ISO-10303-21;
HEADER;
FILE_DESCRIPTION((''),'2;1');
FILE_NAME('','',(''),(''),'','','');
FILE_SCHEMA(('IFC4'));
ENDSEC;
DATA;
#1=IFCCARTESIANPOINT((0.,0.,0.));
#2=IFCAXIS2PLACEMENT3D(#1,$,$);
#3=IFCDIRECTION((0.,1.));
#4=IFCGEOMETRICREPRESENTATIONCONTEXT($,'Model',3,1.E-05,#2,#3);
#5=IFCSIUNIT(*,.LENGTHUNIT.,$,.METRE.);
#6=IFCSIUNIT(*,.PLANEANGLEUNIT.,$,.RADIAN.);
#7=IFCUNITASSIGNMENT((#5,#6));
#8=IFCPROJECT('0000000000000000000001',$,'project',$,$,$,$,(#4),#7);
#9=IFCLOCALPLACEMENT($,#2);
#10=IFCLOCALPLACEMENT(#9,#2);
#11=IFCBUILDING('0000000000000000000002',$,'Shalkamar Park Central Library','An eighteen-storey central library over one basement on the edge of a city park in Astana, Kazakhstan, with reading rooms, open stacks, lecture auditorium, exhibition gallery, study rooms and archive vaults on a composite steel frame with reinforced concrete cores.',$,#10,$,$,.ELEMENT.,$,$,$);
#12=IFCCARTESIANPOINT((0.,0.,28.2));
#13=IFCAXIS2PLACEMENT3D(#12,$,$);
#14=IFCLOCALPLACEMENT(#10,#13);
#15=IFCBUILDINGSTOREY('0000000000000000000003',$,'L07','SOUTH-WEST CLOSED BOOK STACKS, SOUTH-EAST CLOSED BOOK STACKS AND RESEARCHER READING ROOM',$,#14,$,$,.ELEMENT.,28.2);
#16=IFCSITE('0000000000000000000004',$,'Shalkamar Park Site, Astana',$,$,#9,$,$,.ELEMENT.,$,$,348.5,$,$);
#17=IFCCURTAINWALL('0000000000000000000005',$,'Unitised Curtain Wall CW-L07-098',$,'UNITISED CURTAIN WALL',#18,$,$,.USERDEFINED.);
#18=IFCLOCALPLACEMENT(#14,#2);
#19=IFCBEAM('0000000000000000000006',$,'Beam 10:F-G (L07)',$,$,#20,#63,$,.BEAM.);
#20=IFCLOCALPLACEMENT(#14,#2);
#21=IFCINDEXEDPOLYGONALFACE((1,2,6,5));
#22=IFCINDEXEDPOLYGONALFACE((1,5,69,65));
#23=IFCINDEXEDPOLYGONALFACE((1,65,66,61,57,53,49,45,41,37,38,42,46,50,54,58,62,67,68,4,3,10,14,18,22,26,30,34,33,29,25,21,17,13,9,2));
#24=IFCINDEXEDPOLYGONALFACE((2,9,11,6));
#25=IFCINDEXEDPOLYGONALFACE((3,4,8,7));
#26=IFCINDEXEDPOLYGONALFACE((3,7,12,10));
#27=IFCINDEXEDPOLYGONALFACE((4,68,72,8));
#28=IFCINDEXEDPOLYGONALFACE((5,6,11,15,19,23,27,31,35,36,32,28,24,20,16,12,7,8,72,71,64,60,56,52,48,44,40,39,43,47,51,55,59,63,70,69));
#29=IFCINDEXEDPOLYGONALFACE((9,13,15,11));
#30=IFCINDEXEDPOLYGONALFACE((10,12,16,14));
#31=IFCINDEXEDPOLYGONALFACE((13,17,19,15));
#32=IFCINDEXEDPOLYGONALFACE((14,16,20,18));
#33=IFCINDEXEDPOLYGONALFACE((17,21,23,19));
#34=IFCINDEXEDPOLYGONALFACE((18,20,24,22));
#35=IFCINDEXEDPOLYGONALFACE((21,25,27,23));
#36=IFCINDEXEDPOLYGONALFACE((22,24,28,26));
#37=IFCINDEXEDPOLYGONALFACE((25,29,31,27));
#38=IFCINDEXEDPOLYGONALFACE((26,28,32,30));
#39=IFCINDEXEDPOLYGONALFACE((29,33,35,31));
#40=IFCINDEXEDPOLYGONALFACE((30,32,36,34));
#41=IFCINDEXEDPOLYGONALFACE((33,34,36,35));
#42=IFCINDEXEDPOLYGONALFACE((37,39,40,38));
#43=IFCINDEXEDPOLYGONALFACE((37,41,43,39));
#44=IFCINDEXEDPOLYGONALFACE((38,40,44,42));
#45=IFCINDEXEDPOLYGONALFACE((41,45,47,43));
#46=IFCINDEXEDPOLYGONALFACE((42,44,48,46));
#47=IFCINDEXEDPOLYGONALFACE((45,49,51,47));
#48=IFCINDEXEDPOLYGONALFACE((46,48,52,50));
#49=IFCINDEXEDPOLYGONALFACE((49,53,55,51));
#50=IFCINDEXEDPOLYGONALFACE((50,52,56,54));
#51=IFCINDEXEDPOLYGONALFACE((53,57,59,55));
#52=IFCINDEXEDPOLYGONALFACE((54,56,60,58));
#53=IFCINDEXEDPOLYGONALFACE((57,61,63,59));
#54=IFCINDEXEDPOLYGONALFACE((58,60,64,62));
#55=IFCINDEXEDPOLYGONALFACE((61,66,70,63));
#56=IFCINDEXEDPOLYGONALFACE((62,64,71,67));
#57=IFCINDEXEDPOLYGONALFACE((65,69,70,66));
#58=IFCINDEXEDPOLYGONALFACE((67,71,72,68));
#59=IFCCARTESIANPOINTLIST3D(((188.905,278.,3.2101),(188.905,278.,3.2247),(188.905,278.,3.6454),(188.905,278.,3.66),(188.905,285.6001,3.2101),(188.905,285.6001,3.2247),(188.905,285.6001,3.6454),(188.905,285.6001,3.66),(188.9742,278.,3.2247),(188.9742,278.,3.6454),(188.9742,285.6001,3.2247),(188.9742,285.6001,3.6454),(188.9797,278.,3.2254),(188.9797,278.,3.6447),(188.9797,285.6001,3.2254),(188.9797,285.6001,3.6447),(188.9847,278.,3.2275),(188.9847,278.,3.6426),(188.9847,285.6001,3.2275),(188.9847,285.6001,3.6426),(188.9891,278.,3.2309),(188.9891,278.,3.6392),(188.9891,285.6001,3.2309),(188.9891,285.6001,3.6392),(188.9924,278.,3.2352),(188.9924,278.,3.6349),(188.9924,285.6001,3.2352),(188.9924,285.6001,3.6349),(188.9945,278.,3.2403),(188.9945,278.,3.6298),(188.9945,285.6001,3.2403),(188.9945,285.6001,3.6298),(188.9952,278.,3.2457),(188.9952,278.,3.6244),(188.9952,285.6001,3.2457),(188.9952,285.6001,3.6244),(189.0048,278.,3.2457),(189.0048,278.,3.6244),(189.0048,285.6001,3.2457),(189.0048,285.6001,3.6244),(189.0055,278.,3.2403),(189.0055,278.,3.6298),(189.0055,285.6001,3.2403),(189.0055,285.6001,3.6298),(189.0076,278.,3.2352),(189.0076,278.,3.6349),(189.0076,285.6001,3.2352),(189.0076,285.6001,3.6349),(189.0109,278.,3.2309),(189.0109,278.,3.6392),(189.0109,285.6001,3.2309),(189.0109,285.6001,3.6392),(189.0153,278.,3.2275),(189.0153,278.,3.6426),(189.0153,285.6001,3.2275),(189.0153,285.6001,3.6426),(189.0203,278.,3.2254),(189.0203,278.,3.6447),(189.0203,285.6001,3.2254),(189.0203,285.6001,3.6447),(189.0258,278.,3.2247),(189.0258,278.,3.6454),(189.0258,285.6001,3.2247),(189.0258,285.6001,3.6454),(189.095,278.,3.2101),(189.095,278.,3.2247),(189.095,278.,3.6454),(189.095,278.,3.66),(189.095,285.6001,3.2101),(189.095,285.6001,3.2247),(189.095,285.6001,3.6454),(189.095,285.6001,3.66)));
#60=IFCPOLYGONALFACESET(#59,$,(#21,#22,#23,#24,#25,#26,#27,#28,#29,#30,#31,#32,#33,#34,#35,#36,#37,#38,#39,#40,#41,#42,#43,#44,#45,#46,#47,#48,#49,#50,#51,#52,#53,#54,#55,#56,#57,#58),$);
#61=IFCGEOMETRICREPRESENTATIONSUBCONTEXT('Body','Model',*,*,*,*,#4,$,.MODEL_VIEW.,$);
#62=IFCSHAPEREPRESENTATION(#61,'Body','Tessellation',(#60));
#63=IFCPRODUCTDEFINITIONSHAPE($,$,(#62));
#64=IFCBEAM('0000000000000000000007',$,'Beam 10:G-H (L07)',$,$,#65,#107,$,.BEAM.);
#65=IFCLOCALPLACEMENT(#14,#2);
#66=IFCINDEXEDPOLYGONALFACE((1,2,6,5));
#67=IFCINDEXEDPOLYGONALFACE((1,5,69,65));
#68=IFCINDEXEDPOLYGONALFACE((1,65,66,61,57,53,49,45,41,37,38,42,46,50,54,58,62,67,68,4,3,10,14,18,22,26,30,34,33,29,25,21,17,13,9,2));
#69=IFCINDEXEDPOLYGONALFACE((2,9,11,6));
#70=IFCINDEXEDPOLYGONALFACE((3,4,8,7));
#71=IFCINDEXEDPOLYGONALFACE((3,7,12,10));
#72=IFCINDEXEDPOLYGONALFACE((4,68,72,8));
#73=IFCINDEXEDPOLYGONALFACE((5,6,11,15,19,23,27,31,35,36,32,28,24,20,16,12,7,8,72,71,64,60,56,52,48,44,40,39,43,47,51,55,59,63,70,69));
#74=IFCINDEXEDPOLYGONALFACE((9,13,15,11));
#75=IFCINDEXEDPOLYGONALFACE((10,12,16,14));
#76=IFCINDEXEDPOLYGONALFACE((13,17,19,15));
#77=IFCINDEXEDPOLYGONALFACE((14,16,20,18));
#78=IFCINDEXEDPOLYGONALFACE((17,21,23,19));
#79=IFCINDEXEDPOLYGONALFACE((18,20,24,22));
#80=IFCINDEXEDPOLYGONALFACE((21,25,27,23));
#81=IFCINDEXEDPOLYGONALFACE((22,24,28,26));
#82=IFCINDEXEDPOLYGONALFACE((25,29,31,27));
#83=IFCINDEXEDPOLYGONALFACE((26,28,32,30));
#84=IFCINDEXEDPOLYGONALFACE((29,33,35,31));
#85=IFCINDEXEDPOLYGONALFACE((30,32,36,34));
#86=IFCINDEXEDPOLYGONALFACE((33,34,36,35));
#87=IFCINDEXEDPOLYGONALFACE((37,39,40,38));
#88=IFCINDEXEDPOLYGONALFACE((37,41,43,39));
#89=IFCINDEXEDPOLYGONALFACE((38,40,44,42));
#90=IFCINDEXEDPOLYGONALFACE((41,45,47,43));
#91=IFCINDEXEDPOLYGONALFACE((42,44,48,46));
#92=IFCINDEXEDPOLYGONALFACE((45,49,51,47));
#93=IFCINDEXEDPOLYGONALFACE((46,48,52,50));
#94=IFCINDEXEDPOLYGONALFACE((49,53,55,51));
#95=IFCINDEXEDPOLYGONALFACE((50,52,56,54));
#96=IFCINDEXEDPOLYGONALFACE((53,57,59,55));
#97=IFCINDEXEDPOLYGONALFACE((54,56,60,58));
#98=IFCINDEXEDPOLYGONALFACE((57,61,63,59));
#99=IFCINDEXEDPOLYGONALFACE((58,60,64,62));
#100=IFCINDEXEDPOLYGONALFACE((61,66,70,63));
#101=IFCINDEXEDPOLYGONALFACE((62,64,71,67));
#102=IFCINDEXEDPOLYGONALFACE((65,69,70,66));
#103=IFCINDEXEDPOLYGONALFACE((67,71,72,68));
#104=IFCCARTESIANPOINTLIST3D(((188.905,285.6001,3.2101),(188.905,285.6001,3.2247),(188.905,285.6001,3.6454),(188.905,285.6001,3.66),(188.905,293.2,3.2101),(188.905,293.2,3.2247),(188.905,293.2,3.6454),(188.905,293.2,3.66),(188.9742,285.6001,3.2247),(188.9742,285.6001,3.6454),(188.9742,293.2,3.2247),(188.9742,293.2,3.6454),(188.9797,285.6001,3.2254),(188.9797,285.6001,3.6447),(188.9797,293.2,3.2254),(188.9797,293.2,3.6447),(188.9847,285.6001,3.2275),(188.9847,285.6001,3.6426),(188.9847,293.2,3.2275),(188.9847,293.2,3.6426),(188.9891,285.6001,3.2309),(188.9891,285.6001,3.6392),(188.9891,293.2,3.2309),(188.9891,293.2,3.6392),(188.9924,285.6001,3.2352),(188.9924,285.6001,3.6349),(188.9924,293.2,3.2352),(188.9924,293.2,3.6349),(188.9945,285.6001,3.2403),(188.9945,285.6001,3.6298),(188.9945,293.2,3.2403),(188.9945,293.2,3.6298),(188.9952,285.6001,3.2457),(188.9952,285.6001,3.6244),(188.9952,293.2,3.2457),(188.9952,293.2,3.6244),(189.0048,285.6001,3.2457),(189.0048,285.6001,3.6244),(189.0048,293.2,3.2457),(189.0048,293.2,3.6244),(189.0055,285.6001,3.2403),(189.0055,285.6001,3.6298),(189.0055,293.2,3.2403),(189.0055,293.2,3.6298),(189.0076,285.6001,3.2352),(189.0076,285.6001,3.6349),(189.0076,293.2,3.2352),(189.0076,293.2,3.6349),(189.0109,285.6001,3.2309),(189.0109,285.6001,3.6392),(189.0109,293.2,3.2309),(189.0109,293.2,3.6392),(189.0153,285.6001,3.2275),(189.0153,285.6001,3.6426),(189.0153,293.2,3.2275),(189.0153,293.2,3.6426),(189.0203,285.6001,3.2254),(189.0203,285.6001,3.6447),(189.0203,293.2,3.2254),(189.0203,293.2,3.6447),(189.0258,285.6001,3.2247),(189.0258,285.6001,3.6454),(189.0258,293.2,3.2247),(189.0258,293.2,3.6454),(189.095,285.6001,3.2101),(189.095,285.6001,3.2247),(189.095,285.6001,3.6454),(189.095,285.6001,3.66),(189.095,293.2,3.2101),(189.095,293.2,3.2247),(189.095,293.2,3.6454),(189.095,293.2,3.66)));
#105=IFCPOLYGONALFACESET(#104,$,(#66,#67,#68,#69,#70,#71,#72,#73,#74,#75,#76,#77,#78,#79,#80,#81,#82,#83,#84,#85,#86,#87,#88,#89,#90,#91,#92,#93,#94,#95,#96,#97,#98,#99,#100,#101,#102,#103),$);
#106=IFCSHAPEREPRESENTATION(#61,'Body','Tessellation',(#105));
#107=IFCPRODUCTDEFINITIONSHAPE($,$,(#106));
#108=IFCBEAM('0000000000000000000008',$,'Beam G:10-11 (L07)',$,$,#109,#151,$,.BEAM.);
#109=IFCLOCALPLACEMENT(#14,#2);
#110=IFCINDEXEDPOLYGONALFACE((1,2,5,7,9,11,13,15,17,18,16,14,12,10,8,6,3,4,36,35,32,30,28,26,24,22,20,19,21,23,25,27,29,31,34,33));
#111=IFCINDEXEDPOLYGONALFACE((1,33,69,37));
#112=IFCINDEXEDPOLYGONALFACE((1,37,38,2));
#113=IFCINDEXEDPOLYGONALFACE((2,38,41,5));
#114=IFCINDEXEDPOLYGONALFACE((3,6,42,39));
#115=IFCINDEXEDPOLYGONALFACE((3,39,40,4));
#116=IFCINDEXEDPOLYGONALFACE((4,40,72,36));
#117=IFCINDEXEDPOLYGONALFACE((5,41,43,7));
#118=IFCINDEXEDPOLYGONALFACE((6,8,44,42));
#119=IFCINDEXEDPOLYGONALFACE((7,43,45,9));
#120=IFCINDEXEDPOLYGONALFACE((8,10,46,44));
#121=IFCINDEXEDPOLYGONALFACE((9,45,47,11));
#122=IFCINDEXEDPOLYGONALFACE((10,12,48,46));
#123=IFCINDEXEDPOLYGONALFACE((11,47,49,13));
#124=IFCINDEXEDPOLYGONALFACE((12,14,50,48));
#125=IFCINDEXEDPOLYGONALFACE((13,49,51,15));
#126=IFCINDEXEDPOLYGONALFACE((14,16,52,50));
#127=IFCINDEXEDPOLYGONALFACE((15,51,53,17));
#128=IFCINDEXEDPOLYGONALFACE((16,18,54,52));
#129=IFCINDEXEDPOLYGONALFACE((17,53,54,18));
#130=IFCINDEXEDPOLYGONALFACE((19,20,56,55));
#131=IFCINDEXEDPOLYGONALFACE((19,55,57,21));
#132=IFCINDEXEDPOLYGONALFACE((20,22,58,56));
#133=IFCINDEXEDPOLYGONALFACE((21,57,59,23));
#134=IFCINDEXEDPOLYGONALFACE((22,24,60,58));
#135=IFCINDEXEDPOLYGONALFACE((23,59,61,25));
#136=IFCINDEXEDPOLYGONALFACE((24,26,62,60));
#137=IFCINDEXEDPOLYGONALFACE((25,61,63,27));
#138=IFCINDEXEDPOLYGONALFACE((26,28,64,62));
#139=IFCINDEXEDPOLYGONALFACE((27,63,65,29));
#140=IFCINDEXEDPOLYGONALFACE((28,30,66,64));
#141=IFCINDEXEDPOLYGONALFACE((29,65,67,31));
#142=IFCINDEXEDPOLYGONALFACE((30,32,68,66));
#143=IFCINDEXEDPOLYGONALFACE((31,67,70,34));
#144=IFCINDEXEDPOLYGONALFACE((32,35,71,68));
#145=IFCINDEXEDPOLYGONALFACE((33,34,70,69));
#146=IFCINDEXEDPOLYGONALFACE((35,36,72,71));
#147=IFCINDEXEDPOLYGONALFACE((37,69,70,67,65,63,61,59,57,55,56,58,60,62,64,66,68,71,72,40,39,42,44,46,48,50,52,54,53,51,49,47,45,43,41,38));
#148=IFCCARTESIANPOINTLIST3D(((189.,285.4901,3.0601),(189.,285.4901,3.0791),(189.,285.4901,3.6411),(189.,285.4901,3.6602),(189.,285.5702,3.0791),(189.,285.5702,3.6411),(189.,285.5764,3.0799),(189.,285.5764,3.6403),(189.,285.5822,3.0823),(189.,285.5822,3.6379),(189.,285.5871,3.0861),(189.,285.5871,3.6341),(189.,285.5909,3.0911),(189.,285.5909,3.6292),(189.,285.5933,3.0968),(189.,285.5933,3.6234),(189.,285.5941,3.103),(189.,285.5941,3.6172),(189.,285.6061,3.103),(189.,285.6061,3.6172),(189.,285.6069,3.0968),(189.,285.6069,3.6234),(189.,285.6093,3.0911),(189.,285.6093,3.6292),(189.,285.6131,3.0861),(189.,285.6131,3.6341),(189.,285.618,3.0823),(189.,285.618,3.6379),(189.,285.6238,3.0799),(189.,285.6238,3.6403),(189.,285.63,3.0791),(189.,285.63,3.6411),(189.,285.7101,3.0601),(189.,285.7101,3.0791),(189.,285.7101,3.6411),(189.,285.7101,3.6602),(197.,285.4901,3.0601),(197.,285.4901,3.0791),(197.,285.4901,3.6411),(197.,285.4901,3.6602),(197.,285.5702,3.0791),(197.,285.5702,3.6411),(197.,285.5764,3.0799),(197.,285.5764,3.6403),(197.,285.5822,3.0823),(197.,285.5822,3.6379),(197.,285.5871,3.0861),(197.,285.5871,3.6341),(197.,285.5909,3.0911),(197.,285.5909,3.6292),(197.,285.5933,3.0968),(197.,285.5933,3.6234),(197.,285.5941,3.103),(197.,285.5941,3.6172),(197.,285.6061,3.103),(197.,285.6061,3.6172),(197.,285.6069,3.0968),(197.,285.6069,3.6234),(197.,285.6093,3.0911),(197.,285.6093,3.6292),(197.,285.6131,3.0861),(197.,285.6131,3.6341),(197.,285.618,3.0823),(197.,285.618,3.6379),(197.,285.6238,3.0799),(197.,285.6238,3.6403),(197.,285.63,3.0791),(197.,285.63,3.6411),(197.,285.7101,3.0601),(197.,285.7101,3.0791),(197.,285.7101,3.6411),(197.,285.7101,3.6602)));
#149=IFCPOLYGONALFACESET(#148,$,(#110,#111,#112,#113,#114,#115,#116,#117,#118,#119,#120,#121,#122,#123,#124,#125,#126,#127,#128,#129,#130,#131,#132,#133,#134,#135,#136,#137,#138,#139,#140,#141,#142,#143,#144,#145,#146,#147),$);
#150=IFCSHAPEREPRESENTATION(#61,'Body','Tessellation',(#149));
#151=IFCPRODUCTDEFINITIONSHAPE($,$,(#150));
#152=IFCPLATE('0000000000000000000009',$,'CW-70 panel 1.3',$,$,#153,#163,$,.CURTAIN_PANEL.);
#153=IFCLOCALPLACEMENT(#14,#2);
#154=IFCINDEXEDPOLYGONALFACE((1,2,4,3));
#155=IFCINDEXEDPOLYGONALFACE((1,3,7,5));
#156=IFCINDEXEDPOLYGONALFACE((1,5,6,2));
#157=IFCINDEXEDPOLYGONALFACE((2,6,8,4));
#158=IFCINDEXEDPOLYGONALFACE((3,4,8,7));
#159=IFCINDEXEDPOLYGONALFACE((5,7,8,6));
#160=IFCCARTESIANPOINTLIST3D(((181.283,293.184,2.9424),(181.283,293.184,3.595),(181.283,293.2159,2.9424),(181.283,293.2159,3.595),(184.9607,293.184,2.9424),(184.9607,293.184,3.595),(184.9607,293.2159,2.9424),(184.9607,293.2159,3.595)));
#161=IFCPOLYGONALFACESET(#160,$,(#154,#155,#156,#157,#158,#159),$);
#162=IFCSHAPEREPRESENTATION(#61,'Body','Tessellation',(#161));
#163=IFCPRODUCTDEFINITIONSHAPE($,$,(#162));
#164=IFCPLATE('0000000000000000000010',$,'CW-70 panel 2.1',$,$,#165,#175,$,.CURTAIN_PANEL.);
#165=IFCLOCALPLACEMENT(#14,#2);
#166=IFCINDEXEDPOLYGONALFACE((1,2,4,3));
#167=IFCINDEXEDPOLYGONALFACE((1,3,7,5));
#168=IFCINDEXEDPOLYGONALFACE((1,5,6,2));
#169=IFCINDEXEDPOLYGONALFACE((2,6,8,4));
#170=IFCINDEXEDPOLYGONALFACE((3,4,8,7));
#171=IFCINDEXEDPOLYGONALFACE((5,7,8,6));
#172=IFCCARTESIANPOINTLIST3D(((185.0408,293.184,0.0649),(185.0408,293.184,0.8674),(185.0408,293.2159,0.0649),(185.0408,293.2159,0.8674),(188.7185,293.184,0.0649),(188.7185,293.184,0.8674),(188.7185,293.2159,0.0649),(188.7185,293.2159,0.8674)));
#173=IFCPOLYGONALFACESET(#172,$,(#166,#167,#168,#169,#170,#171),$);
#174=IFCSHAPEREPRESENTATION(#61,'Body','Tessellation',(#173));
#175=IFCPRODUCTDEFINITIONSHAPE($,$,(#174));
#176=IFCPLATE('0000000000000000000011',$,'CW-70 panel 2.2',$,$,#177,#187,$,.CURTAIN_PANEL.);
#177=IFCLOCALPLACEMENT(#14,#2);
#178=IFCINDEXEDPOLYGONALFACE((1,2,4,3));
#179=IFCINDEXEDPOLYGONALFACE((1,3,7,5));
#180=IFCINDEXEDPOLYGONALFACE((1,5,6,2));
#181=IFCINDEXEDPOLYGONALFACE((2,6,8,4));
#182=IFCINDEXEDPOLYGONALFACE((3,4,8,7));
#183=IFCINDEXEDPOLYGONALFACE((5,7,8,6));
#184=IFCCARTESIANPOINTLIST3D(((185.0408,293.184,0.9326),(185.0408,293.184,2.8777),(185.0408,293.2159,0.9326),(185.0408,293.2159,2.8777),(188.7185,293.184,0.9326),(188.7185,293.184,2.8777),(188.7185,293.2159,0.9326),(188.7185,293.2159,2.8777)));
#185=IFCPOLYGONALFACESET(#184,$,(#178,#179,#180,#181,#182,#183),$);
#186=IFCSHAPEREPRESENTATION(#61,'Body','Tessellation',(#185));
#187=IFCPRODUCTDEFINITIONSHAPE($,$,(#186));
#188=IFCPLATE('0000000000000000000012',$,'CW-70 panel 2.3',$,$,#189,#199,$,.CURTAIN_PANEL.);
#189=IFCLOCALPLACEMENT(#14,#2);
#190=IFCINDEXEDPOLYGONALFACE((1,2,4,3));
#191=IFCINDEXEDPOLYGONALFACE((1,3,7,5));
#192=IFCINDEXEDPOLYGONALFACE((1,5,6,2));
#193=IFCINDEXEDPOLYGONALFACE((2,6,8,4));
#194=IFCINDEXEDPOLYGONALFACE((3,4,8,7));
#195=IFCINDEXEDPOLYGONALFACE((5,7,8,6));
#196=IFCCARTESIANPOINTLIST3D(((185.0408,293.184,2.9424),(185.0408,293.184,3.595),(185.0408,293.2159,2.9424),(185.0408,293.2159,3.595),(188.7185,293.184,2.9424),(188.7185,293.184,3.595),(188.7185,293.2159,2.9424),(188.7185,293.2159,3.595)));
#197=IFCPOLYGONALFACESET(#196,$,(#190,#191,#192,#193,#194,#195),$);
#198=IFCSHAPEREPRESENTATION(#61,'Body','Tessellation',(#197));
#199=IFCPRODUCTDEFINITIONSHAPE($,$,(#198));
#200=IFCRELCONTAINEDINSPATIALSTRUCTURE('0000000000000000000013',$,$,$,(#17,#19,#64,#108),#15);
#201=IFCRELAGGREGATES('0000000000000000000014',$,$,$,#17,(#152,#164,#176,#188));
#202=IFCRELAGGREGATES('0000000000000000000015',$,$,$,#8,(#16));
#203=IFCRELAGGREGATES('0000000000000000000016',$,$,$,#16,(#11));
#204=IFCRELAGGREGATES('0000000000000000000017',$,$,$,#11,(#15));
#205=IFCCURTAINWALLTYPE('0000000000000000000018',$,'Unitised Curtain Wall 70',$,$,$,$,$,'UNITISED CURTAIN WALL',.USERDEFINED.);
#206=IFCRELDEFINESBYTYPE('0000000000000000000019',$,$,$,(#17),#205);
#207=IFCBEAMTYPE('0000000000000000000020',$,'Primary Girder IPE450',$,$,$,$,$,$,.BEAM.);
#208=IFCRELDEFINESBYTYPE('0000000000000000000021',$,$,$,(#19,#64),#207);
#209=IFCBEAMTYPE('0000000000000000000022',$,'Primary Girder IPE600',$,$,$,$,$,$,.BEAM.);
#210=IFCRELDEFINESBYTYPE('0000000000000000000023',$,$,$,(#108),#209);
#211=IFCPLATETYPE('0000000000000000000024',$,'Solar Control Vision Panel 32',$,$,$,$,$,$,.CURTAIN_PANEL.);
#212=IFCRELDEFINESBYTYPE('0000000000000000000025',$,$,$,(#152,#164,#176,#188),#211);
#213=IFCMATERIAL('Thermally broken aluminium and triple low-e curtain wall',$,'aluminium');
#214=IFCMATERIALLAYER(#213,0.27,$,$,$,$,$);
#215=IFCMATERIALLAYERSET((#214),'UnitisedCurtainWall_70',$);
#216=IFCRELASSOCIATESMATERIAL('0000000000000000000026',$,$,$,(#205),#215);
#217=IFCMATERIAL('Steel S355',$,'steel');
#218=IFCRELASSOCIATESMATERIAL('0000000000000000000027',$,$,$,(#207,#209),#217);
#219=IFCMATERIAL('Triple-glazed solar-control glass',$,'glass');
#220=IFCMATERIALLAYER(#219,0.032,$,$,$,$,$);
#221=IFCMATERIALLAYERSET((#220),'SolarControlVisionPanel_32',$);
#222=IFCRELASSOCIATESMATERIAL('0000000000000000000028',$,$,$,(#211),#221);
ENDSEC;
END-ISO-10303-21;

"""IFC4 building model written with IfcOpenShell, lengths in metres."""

from ifc_helpers import new_model, si_unit, direction, frame, origin, origin_2d, place, context, subcontext, project, spatial, rectangle, i_section, extrude, material, layer, layer_set, material_profile, profile_set, type_object, element, aggregate, save


model = new_model("IFC4")

# Units and contexts
model_context = context("Model", 3, precision=1e-05, world=origin(), true_north=direction((0.0, 1.0)))
body_context = subcontext(model_context, "Body", "Model", "MODEL_VIEW")
ifc_project = project(units=[si_unit("LENGTHUNIT", "METRE"), si_unit("PLANEANGLEUNIT", "RADIAN")], contexts=[model_context])

# Site, building, storey
site_placement = place(None, origin())
site = spatial("IfcSite", under=ifc_project, at=site_placement, Name="Shalkamar Park Site, Astana", CompositionType="ELEMENT", RefElevation=348.5)
building_placement = place(site_placement, origin())
building = spatial("IfcBuilding", under=site, at=building_placement, Name="Shalkamar Park Central Library", Description="An eighteen-storey central library over one basement on the edge of a city park in Astana, Kazakhstan, with reading rooms, open stacks, lecture auditorium, exhibition gallery, study rooms and archive vaults on a composite steel frame with reinforced concrete cores.", CompositionType="ELEMENT")
storey_placement = place(building_placement, frame((0.0, 0.0, 28.2)))
storey = spatial("IfcBuildingStorey", under=building, at=storey_placement, Name="L07", Description="SOUTH-WEST CLOSED BOOK STACKS, SOUTH-EAST CLOSED BOOK STACKS AND RESEARCHER READING ROOM", CompositionType="ELEMENT", Elevation=28.2)

# Shared definitions
ifc_material_1 = material(Name="Steel S355", Category="steel")

# Curtain wall
ifc_material_2 = material(Name="Thermally broken aluminium and triple low-e curtain wall", Category="aluminium")
ifc_layer_1 = layer(ifc_material_2, 0.27)
ifc_layer_set_1 = layer_set([ifc_layer_1], Name="UnitisedCurtainWall_70")
curtain_wall_type_1 = type_object("IfcCurtainWallType", Name="Unitised Curtain Wall 70", ElementType="UNITISED CURTAIN WALL", PredefinedType="USERDEFINED", material=ifc_layer_set_1)
curtain_wall_1_placement = place(storey_placement, origin())
curtain_wall_1 = element("IfcCurtainWall", 1, at=curtain_wall_1_placement, inside=storey, type_object=curtain_wall_type_1, Name="Unitised Curtain Wall CW-L07-098", ObjectType="UNITISED CURTAIN WALL", PredefinedType="USERDEFINED")

# Beams
ifc_material_profile_1 = material_profile(ifc_material_1, i_section(OverallWidth=0.1899, OverallDepth=0.45, WebThickness=0.0095, FlangeThickness=0.0146, FilletRadius=0.021, at=origin_2d()), Name="IPE 450")
ifc_profile_set_1 = profile_set([ifc_material_profile_1], Name="Steel S355")
beam_type_1 = type_object("IfcBeamType", Name="Primary Girder IPE450", PredefinedType="BEAM", material=ifc_profile_set_1)
beam_1_placement = place(storey_placement, frame((189.0, 278.0, 3.4351), z_axis=(0.0, 1.0, 0.0), x_axis=(-1.0, 0.0, 0.0)))
element("IfcBeam", 2, at=beam_1_placement, inside=storey, type_object=beam_type_1, Name="Beam 10:F-G (L07)", PredefinedType="BEAM", context=body_context, shape_type="SweptSolid", body=[
    extrude(i_section(OverallWidth=0.1899, OverallDepth=0.45, WebThickness=0.0095, FlangeThickness=0.0146, FilletRadius=0.021, at=origin_2d()), origin(), (0.0, 0.0, 1.0), 7.6001),
])
beam_2_placement = place(storey_placement, frame((189.0, 285.6001, 3.4351), z_axis=(0.0, 1.0, 0.0), x_axis=(-1.0, 0.0, 0.0)))
element("IfcBeam", 3, at=beam_2_placement, inside=storey, type_object=beam_type_1, Name="Beam 10:G-H (L07)", PredefinedType="BEAM", context=body_context, shape_type="SweptSolid", body=[
    extrude(i_section(OverallWidth=0.1899, OverallDepth=0.45, WebThickness=0.0095, FlangeThickness=0.0146, FilletRadius=0.021, at=origin_2d()), origin(), (0.0, 0.0, 1.0), 7.5999),
])
ifc_material_profile_2 = material_profile(ifc_material_1, i_section(OverallWidth=0.22, OverallDepth=0.6001, WebThickness=0.012, FlangeThickness=0.019, FilletRadius=0.0239, at=origin_2d()), Name="IPE 600")
ifc_profile_set_2 = profile_set([ifc_material_profile_2], Name="Steel S355")
beam_type_2 = type_object("IfcBeamType", Name="Primary Girder IPE600", PredefinedType="BEAM", material=ifc_profile_set_2)
beam_3_placement = place(storey_placement, frame((189.0, 285.6001, 3.3601), z_axis=(1.0, 0.0, 0.0), x_axis=(0.0, 1.0, 0.0)))
element("IfcBeam", 4, at=beam_3_placement, inside=storey, type_object=beam_type_2, Name="Beam G:10-11 (L07)", PredefinedType="BEAM", context=body_context, shape_type="SweptSolid", body=[
    extrude(i_section(OverallWidth=0.22, OverallDepth=0.6001, WebThickness=0.012, FlangeThickness=0.019, FilletRadius=0.0239, at=origin_2d()), origin(), (0.0, 0.0, 1.0), 8.0),
])

# Plates
ifc_material_3 = material(Name="Triple-glazed solar-control glass", Category="glass")
ifc_layer_2 = layer(ifc_material_3, 0.032)
ifc_layer_set_2 = layer_set([ifc_layer_2], Name="SolarControlVisionPanel_32")
plate_type_1 = type_object("IfcPlateType", Name="Solar Control Vision Panel 32", PredefinedType="CURTAIN_PANEL", material=ifc_layer_set_2)
plate_1_placement = place(storey_placement, frame((183.1218, 293.2, 2.9424), z_axis=(0.0, 0.0, 1.0), x_axis=(1.0, 0.0, 0.0)))
plate_1 = element("IfcPlate", 5, at=plate_1_placement, type_object=plate_type_1, Name="CW-70 panel 1.3", PredefinedType="CURTAIN_PANEL", context=body_context, shape_type="SweptSolid", body=[
    extrude(rectangle(XDim=3.6777, YDim=0.032, at=origin_2d()), origin(), (0.0, 0.0, 1.0), 0.6526),
])
plate_2_placement = place(storey_placement, frame((186.8796, 293.2, 0.0649), z_axis=(0.0, 0.0, 1.0), x_axis=(1.0, 0.0, 0.0)))
plate_2 = element("IfcPlate", 6, at=plate_2_placement, type_object=plate_type_1, Name="CW-70 panel 2.1", PredefinedType="CURTAIN_PANEL", context=body_context, shape_type="SweptSolid", body=[
    extrude(rectangle(XDim=3.6777, YDim=0.032, at=origin_2d()), origin(), (0.0, 0.0, 1.0), 0.8025),
])
plate_3_placement = place(storey_placement, frame((186.8796, 293.2, 0.9326), z_axis=(0.0, 0.0, 1.0), x_axis=(1.0, 0.0, 0.0)))
plate_3 = element("IfcPlate", 7, at=plate_3_placement, type_object=plate_type_1, Name="CW-70 panel 2.2", PredefinedType="CURTAIN_PANEL", context=body_context, shape_type="SweptSolid", body=[
    extrude(rectangle(XDim=3.6777, YDim=0.032, at=origin_2d()), origin(), (0.0, 0.0, 1.0), 1.9451),
])
plate_4_placement = place(storey_placement, frame((186.8796, 293.2, 2.9424), z_axis=(0.0, 0.0, 1.0), x_axis=(1.0, 0.0, 0.0)))
plate_4 = element("IfcPlate", 8, at=plate_4_placement, type_object=plate_type_1, Name="CW-70 panel 2.3", PredefinedType="CURTAIN_PANEL", context=body_context, shape_type="SweptSolid", body=[
    extrude(rectangle(XDim=3.6777, YDim=0.032, at=origin_2d()), origin(), (0.0, 0.0, 1.0), 0.6526),
])
aggregate(curtain_wall_1, [plate_1, plate_2, plate_3, plate_4])

save(model, "model.ifc")
